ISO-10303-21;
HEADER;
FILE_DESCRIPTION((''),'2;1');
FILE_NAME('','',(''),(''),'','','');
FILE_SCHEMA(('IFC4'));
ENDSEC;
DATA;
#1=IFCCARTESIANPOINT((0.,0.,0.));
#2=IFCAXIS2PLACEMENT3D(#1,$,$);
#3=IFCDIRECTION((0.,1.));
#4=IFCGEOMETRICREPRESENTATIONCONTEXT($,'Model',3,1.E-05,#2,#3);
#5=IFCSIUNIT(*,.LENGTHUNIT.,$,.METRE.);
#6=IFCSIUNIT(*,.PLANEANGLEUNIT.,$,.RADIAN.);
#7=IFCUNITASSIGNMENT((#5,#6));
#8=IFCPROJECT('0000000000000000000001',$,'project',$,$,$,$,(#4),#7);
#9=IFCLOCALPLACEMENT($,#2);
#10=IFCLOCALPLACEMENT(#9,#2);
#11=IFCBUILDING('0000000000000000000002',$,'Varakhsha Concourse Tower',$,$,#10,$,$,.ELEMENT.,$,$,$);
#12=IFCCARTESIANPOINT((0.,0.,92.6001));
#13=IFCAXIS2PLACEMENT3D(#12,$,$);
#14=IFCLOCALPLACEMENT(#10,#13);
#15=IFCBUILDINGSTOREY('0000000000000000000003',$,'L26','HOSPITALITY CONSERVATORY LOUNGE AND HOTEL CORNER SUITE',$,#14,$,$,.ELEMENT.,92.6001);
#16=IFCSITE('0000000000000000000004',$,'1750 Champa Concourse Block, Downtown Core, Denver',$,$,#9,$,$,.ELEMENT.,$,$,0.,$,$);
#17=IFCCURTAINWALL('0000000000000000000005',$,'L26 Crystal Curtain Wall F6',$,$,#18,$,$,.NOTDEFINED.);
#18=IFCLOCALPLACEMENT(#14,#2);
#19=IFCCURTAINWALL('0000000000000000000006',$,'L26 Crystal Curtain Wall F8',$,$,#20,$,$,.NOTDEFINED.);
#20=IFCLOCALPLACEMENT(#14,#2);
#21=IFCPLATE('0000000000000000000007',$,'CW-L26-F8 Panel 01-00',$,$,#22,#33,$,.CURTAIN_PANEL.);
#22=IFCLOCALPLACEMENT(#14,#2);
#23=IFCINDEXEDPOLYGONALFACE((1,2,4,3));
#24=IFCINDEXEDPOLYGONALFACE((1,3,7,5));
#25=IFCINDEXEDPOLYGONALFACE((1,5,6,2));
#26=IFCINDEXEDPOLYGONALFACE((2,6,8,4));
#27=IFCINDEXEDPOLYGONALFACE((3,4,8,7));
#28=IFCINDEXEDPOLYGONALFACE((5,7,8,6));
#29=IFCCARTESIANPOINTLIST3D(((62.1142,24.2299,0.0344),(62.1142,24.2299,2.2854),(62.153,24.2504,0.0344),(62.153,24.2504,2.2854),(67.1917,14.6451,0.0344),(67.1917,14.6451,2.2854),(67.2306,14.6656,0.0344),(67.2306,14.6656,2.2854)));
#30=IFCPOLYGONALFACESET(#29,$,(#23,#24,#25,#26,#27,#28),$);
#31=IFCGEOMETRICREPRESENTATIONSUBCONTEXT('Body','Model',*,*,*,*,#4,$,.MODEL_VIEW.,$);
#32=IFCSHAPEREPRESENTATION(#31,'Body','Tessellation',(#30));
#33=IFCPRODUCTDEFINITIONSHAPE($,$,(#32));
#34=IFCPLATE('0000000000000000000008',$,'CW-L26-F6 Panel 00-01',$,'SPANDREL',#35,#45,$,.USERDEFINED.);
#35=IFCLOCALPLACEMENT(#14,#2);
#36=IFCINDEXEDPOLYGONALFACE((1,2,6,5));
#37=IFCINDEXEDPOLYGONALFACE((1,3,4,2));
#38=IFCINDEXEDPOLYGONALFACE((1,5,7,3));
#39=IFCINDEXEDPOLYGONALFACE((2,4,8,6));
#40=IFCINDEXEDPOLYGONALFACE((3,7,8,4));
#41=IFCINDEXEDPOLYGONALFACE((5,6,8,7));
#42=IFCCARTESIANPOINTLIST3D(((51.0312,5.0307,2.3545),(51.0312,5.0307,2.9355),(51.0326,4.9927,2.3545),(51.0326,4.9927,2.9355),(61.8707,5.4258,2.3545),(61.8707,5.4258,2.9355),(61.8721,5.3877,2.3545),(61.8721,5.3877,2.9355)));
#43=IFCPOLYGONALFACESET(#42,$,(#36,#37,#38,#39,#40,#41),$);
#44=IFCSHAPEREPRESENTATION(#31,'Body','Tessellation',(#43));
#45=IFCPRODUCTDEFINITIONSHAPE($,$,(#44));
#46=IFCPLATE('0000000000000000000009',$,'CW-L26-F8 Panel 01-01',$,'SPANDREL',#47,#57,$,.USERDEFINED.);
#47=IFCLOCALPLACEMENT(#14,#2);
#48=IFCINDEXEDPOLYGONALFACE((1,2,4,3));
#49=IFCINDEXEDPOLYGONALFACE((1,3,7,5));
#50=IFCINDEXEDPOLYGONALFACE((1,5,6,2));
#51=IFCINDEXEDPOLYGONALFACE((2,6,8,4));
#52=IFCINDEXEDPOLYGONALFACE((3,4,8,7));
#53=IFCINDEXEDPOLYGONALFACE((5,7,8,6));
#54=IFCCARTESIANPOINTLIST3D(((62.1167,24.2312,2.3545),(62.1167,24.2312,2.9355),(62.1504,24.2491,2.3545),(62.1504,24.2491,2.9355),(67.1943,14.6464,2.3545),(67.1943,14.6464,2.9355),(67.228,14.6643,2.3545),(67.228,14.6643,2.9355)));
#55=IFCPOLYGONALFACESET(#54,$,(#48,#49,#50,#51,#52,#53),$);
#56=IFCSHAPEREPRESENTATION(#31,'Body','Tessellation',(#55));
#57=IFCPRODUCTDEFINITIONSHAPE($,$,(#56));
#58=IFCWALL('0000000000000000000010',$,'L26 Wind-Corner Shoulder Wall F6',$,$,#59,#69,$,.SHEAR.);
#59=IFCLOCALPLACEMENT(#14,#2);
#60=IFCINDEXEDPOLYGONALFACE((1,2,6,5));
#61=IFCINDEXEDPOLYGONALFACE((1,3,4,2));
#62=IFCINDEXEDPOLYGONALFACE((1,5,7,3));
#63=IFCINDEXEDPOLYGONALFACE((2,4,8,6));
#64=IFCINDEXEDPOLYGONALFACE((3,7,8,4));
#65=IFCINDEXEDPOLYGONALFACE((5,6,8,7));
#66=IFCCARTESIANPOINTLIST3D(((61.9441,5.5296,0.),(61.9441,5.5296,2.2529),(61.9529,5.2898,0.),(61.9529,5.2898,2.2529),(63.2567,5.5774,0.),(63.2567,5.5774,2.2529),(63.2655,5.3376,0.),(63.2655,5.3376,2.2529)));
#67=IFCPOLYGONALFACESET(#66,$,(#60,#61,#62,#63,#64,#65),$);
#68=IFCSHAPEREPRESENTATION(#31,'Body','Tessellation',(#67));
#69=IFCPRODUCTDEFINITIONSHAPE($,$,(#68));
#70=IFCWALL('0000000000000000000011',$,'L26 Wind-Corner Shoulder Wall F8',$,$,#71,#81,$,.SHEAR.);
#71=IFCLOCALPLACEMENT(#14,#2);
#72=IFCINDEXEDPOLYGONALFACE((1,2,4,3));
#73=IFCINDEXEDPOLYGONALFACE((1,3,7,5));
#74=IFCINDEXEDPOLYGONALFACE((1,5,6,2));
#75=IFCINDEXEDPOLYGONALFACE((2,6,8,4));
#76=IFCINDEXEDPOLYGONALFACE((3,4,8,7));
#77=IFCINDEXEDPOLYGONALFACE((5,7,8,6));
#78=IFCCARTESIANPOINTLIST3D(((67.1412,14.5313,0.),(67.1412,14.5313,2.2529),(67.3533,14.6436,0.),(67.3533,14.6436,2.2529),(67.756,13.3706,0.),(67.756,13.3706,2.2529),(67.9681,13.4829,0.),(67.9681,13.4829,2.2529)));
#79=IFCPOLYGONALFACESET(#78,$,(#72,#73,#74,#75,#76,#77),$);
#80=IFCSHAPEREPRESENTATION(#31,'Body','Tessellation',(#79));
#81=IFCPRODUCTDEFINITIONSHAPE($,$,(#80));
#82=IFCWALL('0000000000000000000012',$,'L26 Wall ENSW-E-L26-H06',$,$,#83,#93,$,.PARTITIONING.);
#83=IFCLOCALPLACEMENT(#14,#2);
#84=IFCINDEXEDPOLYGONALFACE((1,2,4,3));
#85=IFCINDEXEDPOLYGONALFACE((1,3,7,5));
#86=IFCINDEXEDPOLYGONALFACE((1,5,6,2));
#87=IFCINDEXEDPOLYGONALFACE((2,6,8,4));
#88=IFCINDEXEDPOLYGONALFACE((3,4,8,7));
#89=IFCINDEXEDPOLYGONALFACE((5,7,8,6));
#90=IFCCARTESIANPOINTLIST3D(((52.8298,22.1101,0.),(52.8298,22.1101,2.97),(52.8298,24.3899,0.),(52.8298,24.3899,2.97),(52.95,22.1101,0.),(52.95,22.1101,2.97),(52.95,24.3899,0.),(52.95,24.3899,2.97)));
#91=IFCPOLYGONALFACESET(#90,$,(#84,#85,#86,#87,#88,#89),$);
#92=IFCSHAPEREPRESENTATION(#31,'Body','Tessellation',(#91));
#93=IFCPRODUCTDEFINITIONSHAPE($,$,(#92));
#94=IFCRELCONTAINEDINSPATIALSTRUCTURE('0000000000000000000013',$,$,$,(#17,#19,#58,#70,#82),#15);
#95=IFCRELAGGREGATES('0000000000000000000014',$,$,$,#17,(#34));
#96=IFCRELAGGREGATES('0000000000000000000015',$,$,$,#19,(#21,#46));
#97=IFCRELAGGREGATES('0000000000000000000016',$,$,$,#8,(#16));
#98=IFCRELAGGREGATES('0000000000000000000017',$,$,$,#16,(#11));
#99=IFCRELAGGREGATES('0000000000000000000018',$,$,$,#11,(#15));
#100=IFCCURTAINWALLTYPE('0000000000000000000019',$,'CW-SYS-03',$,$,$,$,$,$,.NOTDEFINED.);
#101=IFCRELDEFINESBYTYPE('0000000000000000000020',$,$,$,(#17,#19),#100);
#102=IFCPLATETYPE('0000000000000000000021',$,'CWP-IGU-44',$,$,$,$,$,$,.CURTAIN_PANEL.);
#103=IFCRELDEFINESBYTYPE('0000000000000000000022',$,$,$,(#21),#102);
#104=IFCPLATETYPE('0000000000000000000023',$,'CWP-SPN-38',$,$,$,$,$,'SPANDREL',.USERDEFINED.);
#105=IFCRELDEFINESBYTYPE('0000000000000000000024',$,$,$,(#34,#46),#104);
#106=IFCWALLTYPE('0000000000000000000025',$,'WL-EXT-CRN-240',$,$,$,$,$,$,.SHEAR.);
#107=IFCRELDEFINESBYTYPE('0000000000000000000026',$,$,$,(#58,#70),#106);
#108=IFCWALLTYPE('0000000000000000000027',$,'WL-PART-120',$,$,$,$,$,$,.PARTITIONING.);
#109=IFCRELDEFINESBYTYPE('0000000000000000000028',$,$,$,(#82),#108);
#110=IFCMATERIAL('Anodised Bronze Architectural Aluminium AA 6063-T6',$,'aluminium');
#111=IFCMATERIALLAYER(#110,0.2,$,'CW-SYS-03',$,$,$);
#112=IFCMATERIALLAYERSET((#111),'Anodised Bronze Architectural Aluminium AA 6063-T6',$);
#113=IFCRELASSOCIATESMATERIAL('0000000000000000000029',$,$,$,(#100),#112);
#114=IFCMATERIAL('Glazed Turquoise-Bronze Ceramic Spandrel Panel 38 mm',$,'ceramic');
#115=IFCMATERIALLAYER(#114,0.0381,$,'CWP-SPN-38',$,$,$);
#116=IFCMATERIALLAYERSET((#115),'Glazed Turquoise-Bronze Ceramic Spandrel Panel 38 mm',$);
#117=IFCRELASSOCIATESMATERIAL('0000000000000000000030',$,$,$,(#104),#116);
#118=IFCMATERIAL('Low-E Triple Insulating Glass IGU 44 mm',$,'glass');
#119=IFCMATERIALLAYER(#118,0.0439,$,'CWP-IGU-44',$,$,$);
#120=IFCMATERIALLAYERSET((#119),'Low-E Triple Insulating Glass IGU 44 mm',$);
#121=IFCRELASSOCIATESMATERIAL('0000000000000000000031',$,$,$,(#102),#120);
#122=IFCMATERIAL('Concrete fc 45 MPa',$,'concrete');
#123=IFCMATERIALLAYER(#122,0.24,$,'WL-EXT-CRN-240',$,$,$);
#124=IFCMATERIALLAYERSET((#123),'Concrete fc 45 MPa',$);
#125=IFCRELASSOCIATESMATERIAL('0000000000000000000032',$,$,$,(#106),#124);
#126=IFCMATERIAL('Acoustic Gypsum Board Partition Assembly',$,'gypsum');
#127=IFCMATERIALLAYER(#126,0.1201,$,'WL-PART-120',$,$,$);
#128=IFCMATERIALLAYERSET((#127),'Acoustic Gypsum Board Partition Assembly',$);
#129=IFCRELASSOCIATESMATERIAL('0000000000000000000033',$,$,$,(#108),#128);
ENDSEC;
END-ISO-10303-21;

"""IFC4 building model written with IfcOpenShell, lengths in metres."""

from ifc_helpers import new_model, si_unit, direction, frame, frame_2d, origin, origin_2d, place, context, subcontext, project, spatial, rectangle, extrude, source, transform, mapped, material, layer, layer_set, type_object, type_shapes, element, aggregate, save


model = new_model("IFC4")

# Units and contexts
model_context = context("Model", 3, precision=1e-05, world=origin(), true_north=direction((0.0, 1.0)))
body_context = subcontext(model_context, "Body", "Model", "MODEL_VIEW")
ifc_project = project(units=[si_unit("LENGTHUNIT", "METRE"), si_unit("PLANEANGLEUNIT", "RADIAN")], contexts=[model_context])

# Site, building, storey
site_placement = place(None, origin())
site = spatial("IfcSite", under=ifc_project, at=site_placement, Name="1750 Champa Concourse Block, Downtown Core, Denver", CompositionType="ELEMENT", RefElevation=0.0)
building_placement = place(site_placement, origin())
building = spatial("IfcBuilding", under=site, at=building_placement, Name="Varakhsha Concourse Tower", CompositionType="ELEMENT")
storey_placement = place(building_placement, frame((0.0, 0.0, 92.6001)))
storey = spatial("IfcBuildingStorey", under=building, at=storey_placement, Name="L26", Description="HOSPITALITY CONSERVATORY LOUNGE AND HOTEL CORNER SUITE", CompositionType="ELEMENT", Elevation=92.6001)

# Curtain wall
ifc_material_1 = material(Name="Anodised Bronze Architectural Aluminium AA 6063-T6", Category="aluminium")
ifc_layer_1 = layer(ifc_material_1, 0.2, Name="CW-SYS-03")
ifc_layer_set_1 = layer_set([ifc_layer_1], Name="Anodised Bronze Architectural Aluminium AA 6063-T6")
curtain_wall_type = type_object("IfcCurtainWallType", Name="CW-SYS-03", PredefinedType="NOTDEFINED", material=ifc_layer_set_1)
curtain_wall_1_placement = place(storey_placement, origin())
curtain_wall_1 = element("IfcCurtainWall", 1, at=curtain_wall_1_placement, inside=storey, type_object=curtain_wall_type, Name="L26 Crystal Curtain Wall F6", PredefinedType="NOTDEFINED")

# Curtain wall
curtain_wall_2_placement = place(storey_placement, origin())
curtain_wall_2 = element("IfcCurtainWall", 2, at=curtain_wall_2_placement, inside=storey, type_object=curtain_wall_type, Name="L26 Crystal Curtain Wall F8", PredefinedType="NOTDEFINED")

# Plates
ifc_material_2 = material(Name="Glazed Turquoise-Bronze Ceramic Spandrel Panel 38 mm", Category="ceramic")
ifc_layer_2 = layer(ifc_material_2, 0.0381, Name="CWP-SPN-38")
ifc_layer_set_2 = layer_set([ifc_layer_2], Name="Glazed Turquoise-Bronze Ceramic Spandrel Panel 38 mm")
plate_type_1 = type_object("IfcPlateType", Name="CWP-SPN-38", ElementType="SPANDREL", PredefinedType="USERDEFINED", material=ifc_layer_set_2)
ifc_material_3 = material(Name="Low-E Triple Insulating Glass IGU 44 mm", Category="glass")
ifc_layer_3 = layer(ifc_material_3, 0.0439, Name="CWP-IGU-44")
ifc_layer_set_3 = layer_set([ifc_layer_3], Name="Low-E Triple Insulating Glass IGU 44 mm")
plate_type_2 = type_object("IfcPlateType", Name="CWP-IGU-44", PredefinedType="CURTAIN_PANEL", material=ifc_layer_set_3)
shared_shape_1 = source(origin(), body_context, "Body", "SweptSolid", [
    extrude(rectangle(XDim=10.8467, YDim=0.0439, at=origin_2d()), origin(), (0.0, 0.0, 1.0), 2.251),
])
type_shapes(plate_type_2, [shared_shape_1])
plate_1_placement = place(storey_placement, frame((64.6724, 19.4478, 0.0344), z_axis=(0.0, 0.0, 1.0), x_axis=(0.468124, -0.883663, 0.0)))
plate_1 = element("IfcPlate", 3, at=plate_1_placement, type_object=plate_type_2, Name="CW-L26-F8 Panel 01-00", PredefinedType="CURTAIN_PANEL", context=body_context, shape_type="MappedRepresentation", body=[
    mapped(shared_shape_1, transform((0.0, 0.0, 0.0), scale=1.0)),
])
shared_shape_2 = source(origin(), body_context, "Body", "SweptSolid", [
    extrude(rectangle(XDim=10.8467, YDim=0.0381, at=origin_2d()), origin(), (0.0, 0.0, 1.0), 0.5811),
])
plate_2_placement = place(storey_placement, frame((56.4517, 5.2092, 2.3545), z_axis=(0.0, 0.0, 1.0), x_axis=(-0.999336, -0.036424, 0.0)))
plate_2 = element("IfcPlate", 4, at=plate_2_placement, type_object=plate_type_1, Name="CW-L26-F6 Panel 00-01", ObjectType="SPANDREL", PredefinedType="USERDEFINED", context=body_context, shape_type="MappedRepresentation", body=[
    mapped(shared_shape_2, transform((0.0, 0.0, 0.0), scale=1.0)),
])
aggregate(curtain_wall_1, [plate_2])
plate_3_placement = place(storey_placement, frame((64.6724, 19.4478, 2.3545), z_axis=(0.0, 0.0, 1.0), x_axis=(0.468124, -0.883663, 0.0)))
plate_3 = element("IfcPlate", 5, at=plate_3_placement, type_object=plate_type_1, Name="CW-L26-F8 Panel 01-01", ObjectType="SPANDREL", PredefinedType="USERDEFINED", context=body_context, shape_type="MappedRepresentation", body=[
    mapped(shared_shape_2, transform((0.0, 0.0, 0.0), scale=1.0)),
])
aggregate(curtain_wall_2, [plate_1, plate_3])

# Walls
ifc_material_4 = material(Name="Concrete fc 45 MPa", Category="concrete")
ifc_layer_4 = layer(ifc_material_4, 0.24, Name="WL-EXT-CRN-240")
ifc_layer_set_4 = layer_set([ifc_layer_4], Name="Concrete fc 45 MPa")
wall_type_1 = type_object("IfcWallType", Name="WL-EXT-CRN-240", PredefinedType="SHEAR", material=ifc_layer_set_4)
for number, where, z_axis, x_axis, name in (
    (6, (61.9485, 5.4097, 0.0), (0.0, 0.0, 1.0), (0.999336, 0.036434, 0.0), "L26 Wind-Corner Shoulder Wall F6"),
    (7, (67.8621, 13.4268, 0.0), (0.0, 0.0, 1.0), (-0.468059, 0.883697, 0.0), "L26 Wind-Corner Shoulder Wall F8"),
):
    element("IfcWall", number, at=place(storey_placement, frame(where, z_axis=z_axis, x_axis=x_axis)), inside=storey, type_object=wall_type_1, Name=name, PredefinedType="SHEAR", context=body_context, shape_type="SweptSolid", body=[
        extrude(rectangle(XDim=1.3135, YDim=0.24, at=frame_2d((0.6567, 0.0))), origin(), (0.0, 0.0, 1.0), 2.2529),
    ])
ifc_material_5 = material(Name="Acoustic Gypsum Board Partition Assembly", Category="gypsum")
ifc_layer_5 = layer(ifc_material_5, 0.1201, Name="WL-PART-120")
ifc_layer_set_5 = layer_set([ifc_layer_5], Name="Acoustic Gypsum Board Partition Assembly")
wall_type_2 = type_object("IfcWallType", Name="WL-PART-120", PredefinedType="PARTITIONING", material=ifc_layer_set_5)
wall_placement = place(storey_placement, frame((52.8899, 22.1101, 0.0), z_axis=(0.0, 0.0, 1.0), x_axis=(0.0, 1.0, 0.0)))
element("IfcWall", 8, at=wall_placement, inside=storey, type_object=wall_type_2, Name="L26 Wall ENSW-E-L26-H06", PredefinedType="PARTITIONING", context=body_context, shape_type="SweptSolid", body=[
    extrude(rectangle(XDim=2.2798, YDim=0.1201, at=frame_2d((1.1399, 0.0))), origin(), (0.0, 0.0, 1.0), 2.97),
])

save(model, "model.ifc")
